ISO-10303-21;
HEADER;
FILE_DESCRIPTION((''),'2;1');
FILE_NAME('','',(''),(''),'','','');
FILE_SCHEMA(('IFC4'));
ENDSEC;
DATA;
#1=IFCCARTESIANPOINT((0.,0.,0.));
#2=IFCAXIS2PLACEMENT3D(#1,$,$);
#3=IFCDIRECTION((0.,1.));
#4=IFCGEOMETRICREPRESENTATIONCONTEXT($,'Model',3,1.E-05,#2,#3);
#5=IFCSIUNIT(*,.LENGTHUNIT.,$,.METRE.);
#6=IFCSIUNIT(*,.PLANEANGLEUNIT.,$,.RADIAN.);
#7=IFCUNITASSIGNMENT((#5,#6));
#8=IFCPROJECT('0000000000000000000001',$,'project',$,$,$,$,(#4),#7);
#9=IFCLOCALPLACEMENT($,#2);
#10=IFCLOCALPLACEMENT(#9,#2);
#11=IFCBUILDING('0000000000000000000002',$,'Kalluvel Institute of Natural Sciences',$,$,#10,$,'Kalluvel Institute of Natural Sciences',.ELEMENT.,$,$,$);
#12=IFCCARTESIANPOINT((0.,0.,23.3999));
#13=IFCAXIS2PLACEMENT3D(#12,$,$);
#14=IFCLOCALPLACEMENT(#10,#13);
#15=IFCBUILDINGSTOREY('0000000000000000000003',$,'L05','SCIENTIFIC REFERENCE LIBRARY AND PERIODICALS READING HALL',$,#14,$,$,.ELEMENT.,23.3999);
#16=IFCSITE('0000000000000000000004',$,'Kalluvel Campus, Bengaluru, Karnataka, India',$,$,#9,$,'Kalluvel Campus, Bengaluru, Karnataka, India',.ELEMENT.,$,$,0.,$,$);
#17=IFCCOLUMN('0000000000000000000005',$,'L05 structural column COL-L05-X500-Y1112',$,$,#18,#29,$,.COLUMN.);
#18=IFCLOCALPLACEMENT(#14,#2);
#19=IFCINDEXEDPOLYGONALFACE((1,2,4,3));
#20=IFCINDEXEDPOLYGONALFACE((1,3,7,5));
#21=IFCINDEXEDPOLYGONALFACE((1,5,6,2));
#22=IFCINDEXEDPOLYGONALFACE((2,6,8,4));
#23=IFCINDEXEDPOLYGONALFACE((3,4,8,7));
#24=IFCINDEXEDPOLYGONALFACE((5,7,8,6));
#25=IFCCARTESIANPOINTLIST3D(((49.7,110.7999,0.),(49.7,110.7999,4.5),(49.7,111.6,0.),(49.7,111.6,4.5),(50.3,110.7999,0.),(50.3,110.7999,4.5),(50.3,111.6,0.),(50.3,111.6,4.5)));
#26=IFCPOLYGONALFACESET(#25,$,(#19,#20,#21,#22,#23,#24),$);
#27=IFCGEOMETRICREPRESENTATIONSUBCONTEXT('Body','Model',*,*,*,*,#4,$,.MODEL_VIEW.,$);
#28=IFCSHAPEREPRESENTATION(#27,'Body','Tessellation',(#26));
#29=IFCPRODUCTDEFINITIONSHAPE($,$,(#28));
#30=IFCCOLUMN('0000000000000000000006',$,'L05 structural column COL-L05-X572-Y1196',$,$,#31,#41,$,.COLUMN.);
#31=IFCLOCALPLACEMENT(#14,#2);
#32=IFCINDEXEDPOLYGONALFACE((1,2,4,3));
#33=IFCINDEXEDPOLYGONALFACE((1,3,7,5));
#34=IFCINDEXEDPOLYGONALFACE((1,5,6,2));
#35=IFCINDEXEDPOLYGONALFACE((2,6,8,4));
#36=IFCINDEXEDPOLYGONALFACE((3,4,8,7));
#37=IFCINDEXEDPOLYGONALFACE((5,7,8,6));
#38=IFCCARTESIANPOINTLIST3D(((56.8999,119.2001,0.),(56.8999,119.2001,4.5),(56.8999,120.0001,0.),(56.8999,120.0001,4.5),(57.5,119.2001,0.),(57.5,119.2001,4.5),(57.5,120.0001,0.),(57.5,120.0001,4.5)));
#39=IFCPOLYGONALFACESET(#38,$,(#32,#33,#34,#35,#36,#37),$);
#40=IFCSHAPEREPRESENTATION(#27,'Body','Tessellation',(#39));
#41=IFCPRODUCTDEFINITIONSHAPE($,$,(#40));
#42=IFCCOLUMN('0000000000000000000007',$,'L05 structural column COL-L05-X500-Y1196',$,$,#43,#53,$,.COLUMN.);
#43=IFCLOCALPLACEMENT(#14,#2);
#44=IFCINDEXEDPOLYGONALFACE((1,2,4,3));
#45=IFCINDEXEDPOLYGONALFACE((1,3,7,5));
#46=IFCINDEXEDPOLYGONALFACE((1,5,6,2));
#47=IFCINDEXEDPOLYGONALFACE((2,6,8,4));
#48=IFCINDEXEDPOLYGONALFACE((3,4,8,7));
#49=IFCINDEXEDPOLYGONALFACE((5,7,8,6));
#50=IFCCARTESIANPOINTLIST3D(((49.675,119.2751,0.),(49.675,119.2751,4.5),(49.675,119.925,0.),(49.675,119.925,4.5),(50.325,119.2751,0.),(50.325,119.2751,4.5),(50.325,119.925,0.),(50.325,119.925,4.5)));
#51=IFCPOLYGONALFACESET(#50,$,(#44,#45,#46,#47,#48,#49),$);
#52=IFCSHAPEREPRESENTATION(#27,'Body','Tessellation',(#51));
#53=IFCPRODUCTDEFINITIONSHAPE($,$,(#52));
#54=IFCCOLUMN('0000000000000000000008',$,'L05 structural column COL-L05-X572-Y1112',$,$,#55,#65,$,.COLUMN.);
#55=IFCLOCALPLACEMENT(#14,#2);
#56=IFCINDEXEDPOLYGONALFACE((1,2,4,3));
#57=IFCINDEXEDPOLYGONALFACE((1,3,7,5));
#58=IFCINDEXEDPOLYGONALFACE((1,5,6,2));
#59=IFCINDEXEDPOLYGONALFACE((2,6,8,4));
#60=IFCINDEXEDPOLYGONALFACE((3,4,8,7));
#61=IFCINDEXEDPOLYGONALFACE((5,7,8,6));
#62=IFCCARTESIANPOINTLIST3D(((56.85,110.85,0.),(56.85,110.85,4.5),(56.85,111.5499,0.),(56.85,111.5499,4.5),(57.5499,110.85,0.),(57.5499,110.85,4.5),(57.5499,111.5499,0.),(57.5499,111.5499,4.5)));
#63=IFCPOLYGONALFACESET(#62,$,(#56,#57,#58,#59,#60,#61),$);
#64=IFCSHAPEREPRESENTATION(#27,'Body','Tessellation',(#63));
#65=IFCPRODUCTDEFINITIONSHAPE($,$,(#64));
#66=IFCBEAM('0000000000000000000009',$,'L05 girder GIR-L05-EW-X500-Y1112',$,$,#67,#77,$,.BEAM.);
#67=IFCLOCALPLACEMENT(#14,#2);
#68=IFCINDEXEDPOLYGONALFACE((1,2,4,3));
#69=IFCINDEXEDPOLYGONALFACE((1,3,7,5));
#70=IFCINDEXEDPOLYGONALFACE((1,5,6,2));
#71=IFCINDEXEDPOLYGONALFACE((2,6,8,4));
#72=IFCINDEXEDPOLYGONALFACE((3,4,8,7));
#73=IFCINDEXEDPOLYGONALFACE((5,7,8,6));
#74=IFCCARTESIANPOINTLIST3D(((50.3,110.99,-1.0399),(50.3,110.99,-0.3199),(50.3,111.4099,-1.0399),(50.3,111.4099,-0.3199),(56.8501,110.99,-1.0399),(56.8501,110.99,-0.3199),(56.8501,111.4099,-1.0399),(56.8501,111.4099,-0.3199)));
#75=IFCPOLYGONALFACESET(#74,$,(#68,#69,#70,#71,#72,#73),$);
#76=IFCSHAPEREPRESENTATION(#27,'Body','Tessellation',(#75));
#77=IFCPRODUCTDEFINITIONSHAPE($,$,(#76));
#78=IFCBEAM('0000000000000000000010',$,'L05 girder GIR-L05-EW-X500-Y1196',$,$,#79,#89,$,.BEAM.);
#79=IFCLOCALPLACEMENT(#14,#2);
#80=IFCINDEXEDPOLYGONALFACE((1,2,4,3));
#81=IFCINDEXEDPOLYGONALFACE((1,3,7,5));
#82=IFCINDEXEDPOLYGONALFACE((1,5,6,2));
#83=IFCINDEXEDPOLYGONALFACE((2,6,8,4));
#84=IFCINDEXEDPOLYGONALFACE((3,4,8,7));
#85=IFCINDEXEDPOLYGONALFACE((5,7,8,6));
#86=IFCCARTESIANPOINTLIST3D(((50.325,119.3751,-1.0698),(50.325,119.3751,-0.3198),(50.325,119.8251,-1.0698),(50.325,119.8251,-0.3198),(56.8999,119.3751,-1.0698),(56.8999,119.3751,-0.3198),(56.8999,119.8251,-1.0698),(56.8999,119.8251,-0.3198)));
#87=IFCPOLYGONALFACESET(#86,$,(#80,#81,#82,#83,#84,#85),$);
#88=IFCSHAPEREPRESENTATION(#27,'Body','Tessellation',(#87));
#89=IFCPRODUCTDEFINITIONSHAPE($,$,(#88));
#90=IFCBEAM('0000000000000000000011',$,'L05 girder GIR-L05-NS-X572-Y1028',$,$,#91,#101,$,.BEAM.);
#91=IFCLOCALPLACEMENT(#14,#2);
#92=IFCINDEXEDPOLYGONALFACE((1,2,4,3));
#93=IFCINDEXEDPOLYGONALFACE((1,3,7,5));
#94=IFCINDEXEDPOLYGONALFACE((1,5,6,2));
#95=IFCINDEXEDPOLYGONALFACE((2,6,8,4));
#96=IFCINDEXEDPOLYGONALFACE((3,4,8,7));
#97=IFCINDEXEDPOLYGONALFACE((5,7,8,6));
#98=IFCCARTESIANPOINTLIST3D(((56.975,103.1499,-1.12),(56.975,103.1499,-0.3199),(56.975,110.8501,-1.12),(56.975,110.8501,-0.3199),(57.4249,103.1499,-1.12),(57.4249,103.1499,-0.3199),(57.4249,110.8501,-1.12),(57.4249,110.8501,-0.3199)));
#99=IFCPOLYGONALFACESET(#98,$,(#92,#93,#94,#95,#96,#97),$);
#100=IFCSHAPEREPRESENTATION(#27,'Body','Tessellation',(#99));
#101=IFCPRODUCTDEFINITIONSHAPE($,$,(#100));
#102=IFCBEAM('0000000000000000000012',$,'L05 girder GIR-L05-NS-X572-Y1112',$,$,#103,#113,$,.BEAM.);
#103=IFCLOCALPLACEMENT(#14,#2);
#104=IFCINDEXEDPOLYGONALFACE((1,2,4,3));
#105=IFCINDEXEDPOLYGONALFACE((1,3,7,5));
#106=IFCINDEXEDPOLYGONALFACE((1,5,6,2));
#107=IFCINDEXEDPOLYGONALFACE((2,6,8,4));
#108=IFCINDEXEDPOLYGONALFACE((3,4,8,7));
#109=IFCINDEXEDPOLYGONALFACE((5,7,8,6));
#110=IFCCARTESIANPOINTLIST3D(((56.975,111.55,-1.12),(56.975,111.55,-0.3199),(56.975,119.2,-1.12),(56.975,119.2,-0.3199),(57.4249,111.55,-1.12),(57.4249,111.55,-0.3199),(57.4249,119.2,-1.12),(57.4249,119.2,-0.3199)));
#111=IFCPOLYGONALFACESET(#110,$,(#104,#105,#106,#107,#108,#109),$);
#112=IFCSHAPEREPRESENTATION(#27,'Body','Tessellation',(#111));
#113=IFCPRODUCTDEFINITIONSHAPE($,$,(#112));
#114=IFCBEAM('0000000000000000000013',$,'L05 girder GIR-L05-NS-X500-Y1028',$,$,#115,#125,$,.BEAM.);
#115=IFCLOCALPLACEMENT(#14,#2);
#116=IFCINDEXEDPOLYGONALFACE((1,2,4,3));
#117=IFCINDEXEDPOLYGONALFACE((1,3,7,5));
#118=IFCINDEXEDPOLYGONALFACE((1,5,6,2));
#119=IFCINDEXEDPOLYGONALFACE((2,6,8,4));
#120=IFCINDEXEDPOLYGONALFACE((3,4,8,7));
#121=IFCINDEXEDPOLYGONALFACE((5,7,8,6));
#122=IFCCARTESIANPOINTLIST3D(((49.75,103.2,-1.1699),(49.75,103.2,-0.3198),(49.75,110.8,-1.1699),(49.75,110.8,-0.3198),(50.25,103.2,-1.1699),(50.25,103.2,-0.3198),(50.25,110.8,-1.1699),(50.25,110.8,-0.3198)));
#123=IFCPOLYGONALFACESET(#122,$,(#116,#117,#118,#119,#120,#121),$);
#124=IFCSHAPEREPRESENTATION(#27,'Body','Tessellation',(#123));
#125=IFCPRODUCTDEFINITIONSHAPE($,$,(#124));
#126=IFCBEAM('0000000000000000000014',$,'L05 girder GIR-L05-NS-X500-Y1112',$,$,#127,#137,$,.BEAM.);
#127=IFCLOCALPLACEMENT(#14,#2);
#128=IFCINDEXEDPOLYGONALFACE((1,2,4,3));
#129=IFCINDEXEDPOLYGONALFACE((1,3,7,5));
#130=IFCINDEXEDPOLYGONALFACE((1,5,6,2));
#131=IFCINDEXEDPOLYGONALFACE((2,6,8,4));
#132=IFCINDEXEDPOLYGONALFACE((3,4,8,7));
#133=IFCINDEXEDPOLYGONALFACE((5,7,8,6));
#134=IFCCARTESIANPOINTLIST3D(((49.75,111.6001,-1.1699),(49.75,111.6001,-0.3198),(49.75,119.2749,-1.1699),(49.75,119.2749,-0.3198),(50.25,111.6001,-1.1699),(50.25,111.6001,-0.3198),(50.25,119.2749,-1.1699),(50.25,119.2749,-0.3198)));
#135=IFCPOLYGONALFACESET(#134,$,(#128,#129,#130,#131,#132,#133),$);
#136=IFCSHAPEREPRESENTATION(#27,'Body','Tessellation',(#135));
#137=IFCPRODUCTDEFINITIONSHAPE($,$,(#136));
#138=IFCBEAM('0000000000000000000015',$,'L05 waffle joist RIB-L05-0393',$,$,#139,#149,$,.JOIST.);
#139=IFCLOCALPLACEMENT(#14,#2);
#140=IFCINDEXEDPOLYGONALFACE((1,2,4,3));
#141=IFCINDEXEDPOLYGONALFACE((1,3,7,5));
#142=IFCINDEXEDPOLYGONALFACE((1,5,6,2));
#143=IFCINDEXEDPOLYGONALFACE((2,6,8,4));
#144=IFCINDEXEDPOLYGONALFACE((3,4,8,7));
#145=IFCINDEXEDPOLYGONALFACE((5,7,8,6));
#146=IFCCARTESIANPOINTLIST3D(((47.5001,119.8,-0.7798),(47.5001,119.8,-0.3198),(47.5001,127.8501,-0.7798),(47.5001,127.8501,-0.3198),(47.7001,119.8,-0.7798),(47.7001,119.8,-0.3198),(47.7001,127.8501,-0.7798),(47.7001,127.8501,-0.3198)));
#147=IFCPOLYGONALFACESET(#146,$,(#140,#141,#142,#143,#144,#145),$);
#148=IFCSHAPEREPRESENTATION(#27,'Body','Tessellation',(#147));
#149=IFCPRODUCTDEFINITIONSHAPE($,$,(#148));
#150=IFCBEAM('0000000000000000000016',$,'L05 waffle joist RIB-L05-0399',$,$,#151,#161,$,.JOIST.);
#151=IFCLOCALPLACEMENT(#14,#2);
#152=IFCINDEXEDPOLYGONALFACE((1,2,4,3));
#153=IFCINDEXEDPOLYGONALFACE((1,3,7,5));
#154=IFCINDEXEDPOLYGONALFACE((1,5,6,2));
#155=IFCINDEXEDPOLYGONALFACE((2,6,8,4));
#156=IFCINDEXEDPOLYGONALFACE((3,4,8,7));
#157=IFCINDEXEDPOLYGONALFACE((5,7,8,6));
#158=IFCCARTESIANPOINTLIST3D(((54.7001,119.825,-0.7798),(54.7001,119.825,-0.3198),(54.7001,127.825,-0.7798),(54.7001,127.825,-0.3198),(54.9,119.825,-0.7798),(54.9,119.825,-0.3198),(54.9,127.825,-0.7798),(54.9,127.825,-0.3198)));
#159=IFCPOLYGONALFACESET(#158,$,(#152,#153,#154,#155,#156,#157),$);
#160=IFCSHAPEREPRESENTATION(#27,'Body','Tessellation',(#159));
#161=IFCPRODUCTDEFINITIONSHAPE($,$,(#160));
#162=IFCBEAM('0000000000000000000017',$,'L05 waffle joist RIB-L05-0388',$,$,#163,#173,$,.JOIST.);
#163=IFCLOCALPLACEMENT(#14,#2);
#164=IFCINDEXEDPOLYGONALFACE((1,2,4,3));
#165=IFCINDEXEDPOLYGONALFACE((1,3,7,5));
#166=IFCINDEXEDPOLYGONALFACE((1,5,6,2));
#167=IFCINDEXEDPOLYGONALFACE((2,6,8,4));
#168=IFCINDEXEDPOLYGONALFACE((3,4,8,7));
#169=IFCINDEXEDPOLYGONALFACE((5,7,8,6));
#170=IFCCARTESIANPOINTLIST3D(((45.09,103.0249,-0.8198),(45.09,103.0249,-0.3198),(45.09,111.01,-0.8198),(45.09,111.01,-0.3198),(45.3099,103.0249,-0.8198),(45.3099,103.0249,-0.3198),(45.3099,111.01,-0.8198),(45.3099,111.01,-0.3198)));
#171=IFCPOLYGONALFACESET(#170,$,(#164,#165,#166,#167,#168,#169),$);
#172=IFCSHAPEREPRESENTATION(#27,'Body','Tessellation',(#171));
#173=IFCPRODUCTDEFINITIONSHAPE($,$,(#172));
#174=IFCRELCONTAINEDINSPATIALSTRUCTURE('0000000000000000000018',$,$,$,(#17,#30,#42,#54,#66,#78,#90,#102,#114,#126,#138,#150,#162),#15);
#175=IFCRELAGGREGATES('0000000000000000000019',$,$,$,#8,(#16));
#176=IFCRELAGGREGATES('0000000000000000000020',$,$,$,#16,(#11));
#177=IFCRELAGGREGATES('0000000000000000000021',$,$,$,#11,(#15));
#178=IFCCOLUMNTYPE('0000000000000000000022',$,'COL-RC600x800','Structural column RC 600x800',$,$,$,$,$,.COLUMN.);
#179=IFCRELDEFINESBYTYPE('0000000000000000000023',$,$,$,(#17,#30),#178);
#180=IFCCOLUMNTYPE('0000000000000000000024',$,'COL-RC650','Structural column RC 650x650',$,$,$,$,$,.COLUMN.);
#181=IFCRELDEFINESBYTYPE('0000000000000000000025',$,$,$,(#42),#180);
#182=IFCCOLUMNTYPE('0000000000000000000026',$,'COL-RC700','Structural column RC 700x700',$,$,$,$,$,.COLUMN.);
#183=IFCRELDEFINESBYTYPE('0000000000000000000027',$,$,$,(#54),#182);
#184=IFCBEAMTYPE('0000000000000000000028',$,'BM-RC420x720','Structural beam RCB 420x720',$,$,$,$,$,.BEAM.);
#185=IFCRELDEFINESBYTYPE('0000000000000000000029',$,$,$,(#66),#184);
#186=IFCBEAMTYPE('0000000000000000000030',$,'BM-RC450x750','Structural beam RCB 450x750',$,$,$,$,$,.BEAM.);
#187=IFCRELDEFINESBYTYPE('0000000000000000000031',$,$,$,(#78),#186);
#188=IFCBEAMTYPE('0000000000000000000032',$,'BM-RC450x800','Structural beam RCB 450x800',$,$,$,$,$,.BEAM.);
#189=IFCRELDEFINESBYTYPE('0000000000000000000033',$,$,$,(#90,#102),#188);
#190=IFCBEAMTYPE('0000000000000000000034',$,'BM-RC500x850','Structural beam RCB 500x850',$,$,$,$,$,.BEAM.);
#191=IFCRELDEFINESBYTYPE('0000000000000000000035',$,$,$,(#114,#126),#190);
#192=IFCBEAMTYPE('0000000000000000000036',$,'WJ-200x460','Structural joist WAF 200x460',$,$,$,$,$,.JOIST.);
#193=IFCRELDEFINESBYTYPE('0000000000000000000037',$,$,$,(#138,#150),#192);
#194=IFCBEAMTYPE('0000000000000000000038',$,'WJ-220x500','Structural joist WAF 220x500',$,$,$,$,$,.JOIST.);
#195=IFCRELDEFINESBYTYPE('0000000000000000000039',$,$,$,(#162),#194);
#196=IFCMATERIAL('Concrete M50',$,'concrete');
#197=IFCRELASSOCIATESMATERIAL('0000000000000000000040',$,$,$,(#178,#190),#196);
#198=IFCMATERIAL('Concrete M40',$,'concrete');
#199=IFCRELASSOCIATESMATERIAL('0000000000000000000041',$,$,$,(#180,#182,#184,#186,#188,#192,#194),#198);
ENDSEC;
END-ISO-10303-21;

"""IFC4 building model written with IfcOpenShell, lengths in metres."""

from ifc_helpers import new_model, si_unit, direction, frame, origin, origin_2d, place, context, subcontext, project, spatial, rectangle, extrude, material, material_profile, profile_set, type_object, element, save


model = new_model("IFC4")

# Units and contexts
model_context = context("Model", 3, precision=1e-05, world=origin(), true_north=direction((0.0, 1.0)))
body_context = subcontext(model_context, "Body", "Model", "MODEL_VIEW")
ifc_project = project(units=[si_unit("LENGTHUNIT", "METRE"), si_unit("PLANEANGLEUNIT", "RADIAN")], contexts=[model_context])

# Site, building, storey
site_placement = place(None, origin())
site = spatial("IfcSite", under=ifc_project, at=site_placement, Name="Kalluvel Campus, Bengaluru, Karnataka, India", LongName="Kalluvel Campus, Bengaluru, Karnataka, India", CompositionType="ELEMENT", RefElevation=0.0)
building_placement = place(site_placement, origin())
building = spatial("IfcBuilding", under=site, at=building_placement, Name="Kalluvel Institute of Natural Sciences", LongName="Kalluvel Institute of Natural Sciences", CompositionType="ELEMENT")
storey_placement = place(building_placement, frame((0.0, 0.0, 23.3999)))
storey = spatial("IfcBuildingStorey", under=building, at=storey_placement, Name="L05", Description="SCIENTIFIC REFERENCE LIBRARY AND PERIODICALS READING HALL", CompositionType="ELEMENT", Elevation=23.3999)

# Columns
ifc_material_1 = material(Name="Concrete M50", Category="concrete")
ifc_material_profile_1 = material_profile(ifc_material_1, rectangle(XDim=0.6001, YDim=0.8, at=origin_2d()), Name="RC 600x800")
ifc_profile_set_1 = profile_set([ifc_material_profile_1], Name="Concrete M50")
column_type_1 = type_object("IfcColumnType", Name="COL-RC600x800", Description="Structural column RC 600x800", PredefinedType="COLUMN", material=ifc_profile_set_1)
for number, where, z_axis, x_axis, name in (
    (1, (50.0, 111.2, 0.0), (0.0, 0.0, 1.0), (1.0, 0.0, 0.0), "L05 structural column COL-L05-X500-Y1112"),
    (2, (57.2, 119.6001, 0.0), (0.0, 0.0, 1.0), (1.0, 0.0, 0.0), "L05 structural column COL-L05-X572-Y1196"),
):
    element("IfcColumn", number, at=place(storey_placement, frame(where, z_axis=z_axis, x_axis=x_axis)), inside=storey, type_object=column_type_1, Name=name, PredefinedType="COLUMN", context=body_context, shape_type="SweptSolid", body=[
        extrude(rectangle(XDim=0.6001, YDim=0.8, at=origin_2d()), origin(), (0.0, 0.0, 1.0), 4.5),
    ])
ifc_material_2 = material(Name="Concrete M40", Category="concrete")
ifc_material_profile_2 = material_profile(ifc_material_2, rectangle(XDim=0.6499, YDim=0.6499, at=origin_2d()), Name="RC 650x650")
ifc_profile_set_2 = profile_set([ifc_material_profile_2], Name="Concrete M40")
column_type_2 = type_object("IfcColumnType", Name="COL-RC650", Description="Structural column RC 650x650", PredefinedType="COLUMN", material=ifc_profile_set_2)
column_1_placement = place(storey_placement, frame((50.0, 119.6001, 0.0), z_axis=(0.0, 0.0, 1.0), x_axis=(1.0, 0.0, 0.0)))
element("IfcColumn", 3, at=column_1_placement, inside=storey, type_object=column_type_2, Name="L05 structural column COL-L05-X500-Y1196", PredefinedType="COLUMN", context=body_context, shape_type="SweptSolid", body=[
    extrude(rectangle(XDim=0.6499, YDim=0.6499, at=origin_2d()), origin(), (0.0, 0.0, 1.0), 4.5),
])
ifc_material_profile_3 = material_profile(ifc_material_2, rectangle(XDim=0.7, YDim=0.7, at=origin_2d()), Name="RC 700x700")
ifc_profile_set_3 = profile_set([ifc_material_profile_3], Name="Concrete M40")
column_type_3 = type_object("IfcColumnType", Name="COL-RC700", Description="Structural column RC 700x700", PredefinedType="COLUMN", material=ifc_profile_set_3)
column_2_placement = place(storey_placement, frame((57.2, 111.2, 0.0), z_axis=(0.0, 0.0, 1.0), x_axis=(1.0, 0.0, 0.0)))
element("IfcColumn", 4, at=column_2_placement, inside=storey, type_object=column_type_3, Name="L05 structural column COL-L05-X572-Y1112", PredefinedType="COLUMN", context=body_context, shape_type="SweptSolid", body=[
    extrude(rectangle(XDim=0.7, YDim=0.7, at=origin_2d()), origin(), (0.0, 0.0, 1.0), 4.5),
])

# Beams
ifc_material_profile_4 = material_profile(ifc_material_2, rectangle(XDim=0.4199, YDim=0.72, at=origin_2d()), Name="RCB 420x720")
ifc_profile_set_4 = profile_set([ifc_material_profile_4], Name="Concrete M40")
beam_type_1 = type_object("IfcBeamType", Name="BM-RC420x720", Description="Structural beam RCB 420x720", PredefinedType="BEAM", material=ifc_profile_set_4)
beam_1_placement = place(storey_placement, frame((50.3, 111.2, -0.6799), z_axis=(1.0, 0.0, 0.0), x_axis=(0.0, 1.0, 0.0)))
element("IfcBeam", 5, at=beam_1_placement, inside=storey, type_object=beam_type_1, Name="L05 girder GIR-L05-EW-X500-Y1112", PredefinedType="BEAM", context=body_context, shape_type="SweptSolid", body=[
    extrude(rectangle(XDim=0.4199, YDim=0.72, at=origin_2d()), origin(), (0.0, 0.0, 1.0), 6.55),
])
ifc_material_profile_5 = material_profile(ifc_material_2, rectangle(XDim=0.45, YDim=0.75, at=origin_2d()), Name="RCB 450x750")
ifc_profile_set_5 = profile_set([ifc_material_profile_5], Name="Concrete M40")
beam_type_2 = type_object("IfcBeamType", Name="BM-RC450x750", Description="Structural beam RCB 450x750", PredefinedType="BEAM", material=ifc_profile_set_5)
beam_2_placement = place(storey_placement, frame((50.325, 119.6001, -0.6948), z_axis=(1.0, 0.0, 0.0), x_axis=(0.0, 1.0, 0.0)))
element("IfcBeam", 6, at=beam_2_placement, inside=storey, type_object=beam_type_2, Name="L05 girder GIR-L05-EW-X500-Y1196", PredefinedType="BEAM", context=body_context, shape_type="SweptSolid", body=[
    extrude(rectangle(XDim=0.45, YDim=0.75, at=origin_2d()), origin(), (0.0, 0.0, 1.0), 6.575),
])
ifc_material_profile_6 = material_profile(ifc_material_2, rectangle(XDim=0.45, YDim=0.8, at=origin_2d()), Name="RCB 450x800")
ifc_profile_set_6 = profile_set([ifc_material_profile_6], Name="Concrete M40")
beam_type_3 = type_object("IfcBeamType", Name="BM-RC450x800", Description="Structural beam RCB 450x800", PredefinedType="BEAM", material=ifc_profile_set_6)
beam_3_placement = place(storey_placement, frame((57.2, 103.1499, -0.72), z_axis=(0.0, 1.0, 0.0), x_axis=(-1.0, 0.0, 0.0)))
element("IfcBeam", 7, at=beam_3_placement, inside=storey, type_object=beam_type_3, Name="L05 girder GIR-L05-NS-X572-Y1028", PredefinedType="BEAM", context=body_context, shape_type="SweptSolid", body=[
    extrude(rectangle(XDim=0.45, YDim=0.8, at=origin_2d()), origin(), (0.0, 0.0, 1.0), 7.7002),
])
beam_4_placement = place(storey_placement, frame((57.2, 111.55, -0.72), z_axis=(0.0, 1.0, 0.0), x_axis=(-1.0, 0.0, 0.0)))
element("IfcBeam", 8, at=beam_4_placement, inside=storey, type_object=beam_type_3, Name="L05 girder GIR-L05-NS-X572-Y1112", PredefinedType="BEAM", context=body_context, shape_type="SweptSolid", body=[
    extrude(rectangle(XDim=0.45, YDim=0.8, at=origin_2d()), origin(), (0.0, 0.0, 1.0), 7.6499),
])
ifc_material_profile_7 = material_profile(ifc_material_1, rectangle(XDim=0.5, YDim=0.8501, at=origin_2d()), Name="RCB 500x850")
ifc_profile_set_7 = profile_set([ifc_material_profile_7], Name="Concrete M50")
beam_type_4 = type_object("IfcBeamType", Name="BM-RC500x850", Description="Structural beam RCB 500x850", PredefinedType="BEAM", material=ifc_profile_set_7)
beam_5_placement = place(storey_placement, frame((50.0, 103.2, -0.7449), z_axis=(0.0, 1.0, 0.0), x_axis=(-1.0, 0.0, 0.0)))
element("IfcBeam", 9, at=beam_5_placement, inside=storey, type_object=beam_type_4, Name="L05 girder GIR-L05-NS-X500-Y1028", PredefinedType="BEAM", context=body_context, shape_type="SweptSolid", body=[
    extrude(rectangle(XDim=0.5, YDim=0.8501, at=origin_2d()), origin(), (0.0, 0.0, 1.0), 7.6001),
])
beam_6_placement = place(storey_placement, frame((50.0, 111.6001, -0.7449), z_axis=(0.0, 1.0, 0.0), x_axis=(-1.0, 0.0, 0.0)))
element("IfcBeam", 10, at=beam_6_placement, inside=storey, type_object=beam_type_4, Name="L05 girder GIR-L05-NS-X500-Y1112", PredefinedType="BEAM", context=body_context, shape_type="SweptSolid", body=[
    extrude(rectangle(XDim=0.5, YDim=0.8501, at=origin_2d()), origin(), (0.0, 0.0, 1.0), 7.6748),
])
ifc_material_profile_8 = material_profile(ifc_material_2, rectangle(XDim=0.2, YDim=0.46, at=origin_2d()), Name="WAF 200x460")
ifc_profile_set_8 = profile_set([ifc_material_profile_8], Name="Concrete M40")
beam_type_5 = type_object("IfcBeamType", Name="WJ-200x460", Description="Structural joist WAF 200x460", PredefinedType="JOIST", material=ifc_profile_set_8)
beam_7_placement = place(storey_placement, frame((47.6001, 119.8, -0.5498), z_axis=(0.0, 1.0, 0.0), x_axis=(-1.0, 0.0, 0.0)))
element("IfcBeam", 11, at=beam_7_placement, inside=storey, type_object=beam_type_5, Name="L05 waffle joist RIB-L05-0393", PredefinedType="JOIST", context=body_context, shape_type="SweptSolid", body=[
    extrude(rectangle(XDim=0.2, YDim=0.46, at=origin_2d()), origin(), (0.0, 0.0, 1.0), 8.05),
])
beam_8_placement = place(storey_placement, frame((54.8, 119.825, -0.5498), z_axis=(0.0, 1.0, 0.0), x_axis=(-1.0, 0.0, 0.0)))
element("IfcBeam", 12, at=beam_8_placement, inside=storey, type_object=beam_type_5, Name="L05 waffle joist RIB-L05-0399", PredefinedType="JOIST", context=body_context, shape_type="SweptSolid", body=[
    extrude(rectangle(XDim=0.2, YDim=0.46, at=origin_2d()), origin(), (0.0, 0.0, 1.0), 8.0),
])
ifc_material_profile_9 = material_profile(ifc_material_2, rectangle(XDim=0.22, YDim=0.5, at=origin_2d()), Name="WAF 220x500")
ifc_profile_set_9 = profile_set([ifc_material_profile_9], Name="Concrete M40")
beam_type_6 = type_object("IfcBeamType", Name="WJ-220x500", Description="Structural joist WAF 220x500", PredefinedType="JOIST", material=ifc_profile_set_9)
beam_9_placement = place(storey_placement, frame((45.2, 103.0249, -0.5698), z_axis=(0.0, 1.0, 0.0), x_axis=(-1.0, 0.0, 0.0)))
element("IfcBeam", 13, at=beam_9_placement, inside=storey, type_object=beam_type_6, Name="L05 waffle joist RIB-L05-0388", PredefinedType="JOIST", context=body_context, shape_type="SweptSolid", body=[
    extrude(rectangle(XDim=0.22, YDim=0.5, at=origin_2d()), origin(), (0.0, 0.0, 1.0), 7.9851),
])

save(model, "model.ifc")
